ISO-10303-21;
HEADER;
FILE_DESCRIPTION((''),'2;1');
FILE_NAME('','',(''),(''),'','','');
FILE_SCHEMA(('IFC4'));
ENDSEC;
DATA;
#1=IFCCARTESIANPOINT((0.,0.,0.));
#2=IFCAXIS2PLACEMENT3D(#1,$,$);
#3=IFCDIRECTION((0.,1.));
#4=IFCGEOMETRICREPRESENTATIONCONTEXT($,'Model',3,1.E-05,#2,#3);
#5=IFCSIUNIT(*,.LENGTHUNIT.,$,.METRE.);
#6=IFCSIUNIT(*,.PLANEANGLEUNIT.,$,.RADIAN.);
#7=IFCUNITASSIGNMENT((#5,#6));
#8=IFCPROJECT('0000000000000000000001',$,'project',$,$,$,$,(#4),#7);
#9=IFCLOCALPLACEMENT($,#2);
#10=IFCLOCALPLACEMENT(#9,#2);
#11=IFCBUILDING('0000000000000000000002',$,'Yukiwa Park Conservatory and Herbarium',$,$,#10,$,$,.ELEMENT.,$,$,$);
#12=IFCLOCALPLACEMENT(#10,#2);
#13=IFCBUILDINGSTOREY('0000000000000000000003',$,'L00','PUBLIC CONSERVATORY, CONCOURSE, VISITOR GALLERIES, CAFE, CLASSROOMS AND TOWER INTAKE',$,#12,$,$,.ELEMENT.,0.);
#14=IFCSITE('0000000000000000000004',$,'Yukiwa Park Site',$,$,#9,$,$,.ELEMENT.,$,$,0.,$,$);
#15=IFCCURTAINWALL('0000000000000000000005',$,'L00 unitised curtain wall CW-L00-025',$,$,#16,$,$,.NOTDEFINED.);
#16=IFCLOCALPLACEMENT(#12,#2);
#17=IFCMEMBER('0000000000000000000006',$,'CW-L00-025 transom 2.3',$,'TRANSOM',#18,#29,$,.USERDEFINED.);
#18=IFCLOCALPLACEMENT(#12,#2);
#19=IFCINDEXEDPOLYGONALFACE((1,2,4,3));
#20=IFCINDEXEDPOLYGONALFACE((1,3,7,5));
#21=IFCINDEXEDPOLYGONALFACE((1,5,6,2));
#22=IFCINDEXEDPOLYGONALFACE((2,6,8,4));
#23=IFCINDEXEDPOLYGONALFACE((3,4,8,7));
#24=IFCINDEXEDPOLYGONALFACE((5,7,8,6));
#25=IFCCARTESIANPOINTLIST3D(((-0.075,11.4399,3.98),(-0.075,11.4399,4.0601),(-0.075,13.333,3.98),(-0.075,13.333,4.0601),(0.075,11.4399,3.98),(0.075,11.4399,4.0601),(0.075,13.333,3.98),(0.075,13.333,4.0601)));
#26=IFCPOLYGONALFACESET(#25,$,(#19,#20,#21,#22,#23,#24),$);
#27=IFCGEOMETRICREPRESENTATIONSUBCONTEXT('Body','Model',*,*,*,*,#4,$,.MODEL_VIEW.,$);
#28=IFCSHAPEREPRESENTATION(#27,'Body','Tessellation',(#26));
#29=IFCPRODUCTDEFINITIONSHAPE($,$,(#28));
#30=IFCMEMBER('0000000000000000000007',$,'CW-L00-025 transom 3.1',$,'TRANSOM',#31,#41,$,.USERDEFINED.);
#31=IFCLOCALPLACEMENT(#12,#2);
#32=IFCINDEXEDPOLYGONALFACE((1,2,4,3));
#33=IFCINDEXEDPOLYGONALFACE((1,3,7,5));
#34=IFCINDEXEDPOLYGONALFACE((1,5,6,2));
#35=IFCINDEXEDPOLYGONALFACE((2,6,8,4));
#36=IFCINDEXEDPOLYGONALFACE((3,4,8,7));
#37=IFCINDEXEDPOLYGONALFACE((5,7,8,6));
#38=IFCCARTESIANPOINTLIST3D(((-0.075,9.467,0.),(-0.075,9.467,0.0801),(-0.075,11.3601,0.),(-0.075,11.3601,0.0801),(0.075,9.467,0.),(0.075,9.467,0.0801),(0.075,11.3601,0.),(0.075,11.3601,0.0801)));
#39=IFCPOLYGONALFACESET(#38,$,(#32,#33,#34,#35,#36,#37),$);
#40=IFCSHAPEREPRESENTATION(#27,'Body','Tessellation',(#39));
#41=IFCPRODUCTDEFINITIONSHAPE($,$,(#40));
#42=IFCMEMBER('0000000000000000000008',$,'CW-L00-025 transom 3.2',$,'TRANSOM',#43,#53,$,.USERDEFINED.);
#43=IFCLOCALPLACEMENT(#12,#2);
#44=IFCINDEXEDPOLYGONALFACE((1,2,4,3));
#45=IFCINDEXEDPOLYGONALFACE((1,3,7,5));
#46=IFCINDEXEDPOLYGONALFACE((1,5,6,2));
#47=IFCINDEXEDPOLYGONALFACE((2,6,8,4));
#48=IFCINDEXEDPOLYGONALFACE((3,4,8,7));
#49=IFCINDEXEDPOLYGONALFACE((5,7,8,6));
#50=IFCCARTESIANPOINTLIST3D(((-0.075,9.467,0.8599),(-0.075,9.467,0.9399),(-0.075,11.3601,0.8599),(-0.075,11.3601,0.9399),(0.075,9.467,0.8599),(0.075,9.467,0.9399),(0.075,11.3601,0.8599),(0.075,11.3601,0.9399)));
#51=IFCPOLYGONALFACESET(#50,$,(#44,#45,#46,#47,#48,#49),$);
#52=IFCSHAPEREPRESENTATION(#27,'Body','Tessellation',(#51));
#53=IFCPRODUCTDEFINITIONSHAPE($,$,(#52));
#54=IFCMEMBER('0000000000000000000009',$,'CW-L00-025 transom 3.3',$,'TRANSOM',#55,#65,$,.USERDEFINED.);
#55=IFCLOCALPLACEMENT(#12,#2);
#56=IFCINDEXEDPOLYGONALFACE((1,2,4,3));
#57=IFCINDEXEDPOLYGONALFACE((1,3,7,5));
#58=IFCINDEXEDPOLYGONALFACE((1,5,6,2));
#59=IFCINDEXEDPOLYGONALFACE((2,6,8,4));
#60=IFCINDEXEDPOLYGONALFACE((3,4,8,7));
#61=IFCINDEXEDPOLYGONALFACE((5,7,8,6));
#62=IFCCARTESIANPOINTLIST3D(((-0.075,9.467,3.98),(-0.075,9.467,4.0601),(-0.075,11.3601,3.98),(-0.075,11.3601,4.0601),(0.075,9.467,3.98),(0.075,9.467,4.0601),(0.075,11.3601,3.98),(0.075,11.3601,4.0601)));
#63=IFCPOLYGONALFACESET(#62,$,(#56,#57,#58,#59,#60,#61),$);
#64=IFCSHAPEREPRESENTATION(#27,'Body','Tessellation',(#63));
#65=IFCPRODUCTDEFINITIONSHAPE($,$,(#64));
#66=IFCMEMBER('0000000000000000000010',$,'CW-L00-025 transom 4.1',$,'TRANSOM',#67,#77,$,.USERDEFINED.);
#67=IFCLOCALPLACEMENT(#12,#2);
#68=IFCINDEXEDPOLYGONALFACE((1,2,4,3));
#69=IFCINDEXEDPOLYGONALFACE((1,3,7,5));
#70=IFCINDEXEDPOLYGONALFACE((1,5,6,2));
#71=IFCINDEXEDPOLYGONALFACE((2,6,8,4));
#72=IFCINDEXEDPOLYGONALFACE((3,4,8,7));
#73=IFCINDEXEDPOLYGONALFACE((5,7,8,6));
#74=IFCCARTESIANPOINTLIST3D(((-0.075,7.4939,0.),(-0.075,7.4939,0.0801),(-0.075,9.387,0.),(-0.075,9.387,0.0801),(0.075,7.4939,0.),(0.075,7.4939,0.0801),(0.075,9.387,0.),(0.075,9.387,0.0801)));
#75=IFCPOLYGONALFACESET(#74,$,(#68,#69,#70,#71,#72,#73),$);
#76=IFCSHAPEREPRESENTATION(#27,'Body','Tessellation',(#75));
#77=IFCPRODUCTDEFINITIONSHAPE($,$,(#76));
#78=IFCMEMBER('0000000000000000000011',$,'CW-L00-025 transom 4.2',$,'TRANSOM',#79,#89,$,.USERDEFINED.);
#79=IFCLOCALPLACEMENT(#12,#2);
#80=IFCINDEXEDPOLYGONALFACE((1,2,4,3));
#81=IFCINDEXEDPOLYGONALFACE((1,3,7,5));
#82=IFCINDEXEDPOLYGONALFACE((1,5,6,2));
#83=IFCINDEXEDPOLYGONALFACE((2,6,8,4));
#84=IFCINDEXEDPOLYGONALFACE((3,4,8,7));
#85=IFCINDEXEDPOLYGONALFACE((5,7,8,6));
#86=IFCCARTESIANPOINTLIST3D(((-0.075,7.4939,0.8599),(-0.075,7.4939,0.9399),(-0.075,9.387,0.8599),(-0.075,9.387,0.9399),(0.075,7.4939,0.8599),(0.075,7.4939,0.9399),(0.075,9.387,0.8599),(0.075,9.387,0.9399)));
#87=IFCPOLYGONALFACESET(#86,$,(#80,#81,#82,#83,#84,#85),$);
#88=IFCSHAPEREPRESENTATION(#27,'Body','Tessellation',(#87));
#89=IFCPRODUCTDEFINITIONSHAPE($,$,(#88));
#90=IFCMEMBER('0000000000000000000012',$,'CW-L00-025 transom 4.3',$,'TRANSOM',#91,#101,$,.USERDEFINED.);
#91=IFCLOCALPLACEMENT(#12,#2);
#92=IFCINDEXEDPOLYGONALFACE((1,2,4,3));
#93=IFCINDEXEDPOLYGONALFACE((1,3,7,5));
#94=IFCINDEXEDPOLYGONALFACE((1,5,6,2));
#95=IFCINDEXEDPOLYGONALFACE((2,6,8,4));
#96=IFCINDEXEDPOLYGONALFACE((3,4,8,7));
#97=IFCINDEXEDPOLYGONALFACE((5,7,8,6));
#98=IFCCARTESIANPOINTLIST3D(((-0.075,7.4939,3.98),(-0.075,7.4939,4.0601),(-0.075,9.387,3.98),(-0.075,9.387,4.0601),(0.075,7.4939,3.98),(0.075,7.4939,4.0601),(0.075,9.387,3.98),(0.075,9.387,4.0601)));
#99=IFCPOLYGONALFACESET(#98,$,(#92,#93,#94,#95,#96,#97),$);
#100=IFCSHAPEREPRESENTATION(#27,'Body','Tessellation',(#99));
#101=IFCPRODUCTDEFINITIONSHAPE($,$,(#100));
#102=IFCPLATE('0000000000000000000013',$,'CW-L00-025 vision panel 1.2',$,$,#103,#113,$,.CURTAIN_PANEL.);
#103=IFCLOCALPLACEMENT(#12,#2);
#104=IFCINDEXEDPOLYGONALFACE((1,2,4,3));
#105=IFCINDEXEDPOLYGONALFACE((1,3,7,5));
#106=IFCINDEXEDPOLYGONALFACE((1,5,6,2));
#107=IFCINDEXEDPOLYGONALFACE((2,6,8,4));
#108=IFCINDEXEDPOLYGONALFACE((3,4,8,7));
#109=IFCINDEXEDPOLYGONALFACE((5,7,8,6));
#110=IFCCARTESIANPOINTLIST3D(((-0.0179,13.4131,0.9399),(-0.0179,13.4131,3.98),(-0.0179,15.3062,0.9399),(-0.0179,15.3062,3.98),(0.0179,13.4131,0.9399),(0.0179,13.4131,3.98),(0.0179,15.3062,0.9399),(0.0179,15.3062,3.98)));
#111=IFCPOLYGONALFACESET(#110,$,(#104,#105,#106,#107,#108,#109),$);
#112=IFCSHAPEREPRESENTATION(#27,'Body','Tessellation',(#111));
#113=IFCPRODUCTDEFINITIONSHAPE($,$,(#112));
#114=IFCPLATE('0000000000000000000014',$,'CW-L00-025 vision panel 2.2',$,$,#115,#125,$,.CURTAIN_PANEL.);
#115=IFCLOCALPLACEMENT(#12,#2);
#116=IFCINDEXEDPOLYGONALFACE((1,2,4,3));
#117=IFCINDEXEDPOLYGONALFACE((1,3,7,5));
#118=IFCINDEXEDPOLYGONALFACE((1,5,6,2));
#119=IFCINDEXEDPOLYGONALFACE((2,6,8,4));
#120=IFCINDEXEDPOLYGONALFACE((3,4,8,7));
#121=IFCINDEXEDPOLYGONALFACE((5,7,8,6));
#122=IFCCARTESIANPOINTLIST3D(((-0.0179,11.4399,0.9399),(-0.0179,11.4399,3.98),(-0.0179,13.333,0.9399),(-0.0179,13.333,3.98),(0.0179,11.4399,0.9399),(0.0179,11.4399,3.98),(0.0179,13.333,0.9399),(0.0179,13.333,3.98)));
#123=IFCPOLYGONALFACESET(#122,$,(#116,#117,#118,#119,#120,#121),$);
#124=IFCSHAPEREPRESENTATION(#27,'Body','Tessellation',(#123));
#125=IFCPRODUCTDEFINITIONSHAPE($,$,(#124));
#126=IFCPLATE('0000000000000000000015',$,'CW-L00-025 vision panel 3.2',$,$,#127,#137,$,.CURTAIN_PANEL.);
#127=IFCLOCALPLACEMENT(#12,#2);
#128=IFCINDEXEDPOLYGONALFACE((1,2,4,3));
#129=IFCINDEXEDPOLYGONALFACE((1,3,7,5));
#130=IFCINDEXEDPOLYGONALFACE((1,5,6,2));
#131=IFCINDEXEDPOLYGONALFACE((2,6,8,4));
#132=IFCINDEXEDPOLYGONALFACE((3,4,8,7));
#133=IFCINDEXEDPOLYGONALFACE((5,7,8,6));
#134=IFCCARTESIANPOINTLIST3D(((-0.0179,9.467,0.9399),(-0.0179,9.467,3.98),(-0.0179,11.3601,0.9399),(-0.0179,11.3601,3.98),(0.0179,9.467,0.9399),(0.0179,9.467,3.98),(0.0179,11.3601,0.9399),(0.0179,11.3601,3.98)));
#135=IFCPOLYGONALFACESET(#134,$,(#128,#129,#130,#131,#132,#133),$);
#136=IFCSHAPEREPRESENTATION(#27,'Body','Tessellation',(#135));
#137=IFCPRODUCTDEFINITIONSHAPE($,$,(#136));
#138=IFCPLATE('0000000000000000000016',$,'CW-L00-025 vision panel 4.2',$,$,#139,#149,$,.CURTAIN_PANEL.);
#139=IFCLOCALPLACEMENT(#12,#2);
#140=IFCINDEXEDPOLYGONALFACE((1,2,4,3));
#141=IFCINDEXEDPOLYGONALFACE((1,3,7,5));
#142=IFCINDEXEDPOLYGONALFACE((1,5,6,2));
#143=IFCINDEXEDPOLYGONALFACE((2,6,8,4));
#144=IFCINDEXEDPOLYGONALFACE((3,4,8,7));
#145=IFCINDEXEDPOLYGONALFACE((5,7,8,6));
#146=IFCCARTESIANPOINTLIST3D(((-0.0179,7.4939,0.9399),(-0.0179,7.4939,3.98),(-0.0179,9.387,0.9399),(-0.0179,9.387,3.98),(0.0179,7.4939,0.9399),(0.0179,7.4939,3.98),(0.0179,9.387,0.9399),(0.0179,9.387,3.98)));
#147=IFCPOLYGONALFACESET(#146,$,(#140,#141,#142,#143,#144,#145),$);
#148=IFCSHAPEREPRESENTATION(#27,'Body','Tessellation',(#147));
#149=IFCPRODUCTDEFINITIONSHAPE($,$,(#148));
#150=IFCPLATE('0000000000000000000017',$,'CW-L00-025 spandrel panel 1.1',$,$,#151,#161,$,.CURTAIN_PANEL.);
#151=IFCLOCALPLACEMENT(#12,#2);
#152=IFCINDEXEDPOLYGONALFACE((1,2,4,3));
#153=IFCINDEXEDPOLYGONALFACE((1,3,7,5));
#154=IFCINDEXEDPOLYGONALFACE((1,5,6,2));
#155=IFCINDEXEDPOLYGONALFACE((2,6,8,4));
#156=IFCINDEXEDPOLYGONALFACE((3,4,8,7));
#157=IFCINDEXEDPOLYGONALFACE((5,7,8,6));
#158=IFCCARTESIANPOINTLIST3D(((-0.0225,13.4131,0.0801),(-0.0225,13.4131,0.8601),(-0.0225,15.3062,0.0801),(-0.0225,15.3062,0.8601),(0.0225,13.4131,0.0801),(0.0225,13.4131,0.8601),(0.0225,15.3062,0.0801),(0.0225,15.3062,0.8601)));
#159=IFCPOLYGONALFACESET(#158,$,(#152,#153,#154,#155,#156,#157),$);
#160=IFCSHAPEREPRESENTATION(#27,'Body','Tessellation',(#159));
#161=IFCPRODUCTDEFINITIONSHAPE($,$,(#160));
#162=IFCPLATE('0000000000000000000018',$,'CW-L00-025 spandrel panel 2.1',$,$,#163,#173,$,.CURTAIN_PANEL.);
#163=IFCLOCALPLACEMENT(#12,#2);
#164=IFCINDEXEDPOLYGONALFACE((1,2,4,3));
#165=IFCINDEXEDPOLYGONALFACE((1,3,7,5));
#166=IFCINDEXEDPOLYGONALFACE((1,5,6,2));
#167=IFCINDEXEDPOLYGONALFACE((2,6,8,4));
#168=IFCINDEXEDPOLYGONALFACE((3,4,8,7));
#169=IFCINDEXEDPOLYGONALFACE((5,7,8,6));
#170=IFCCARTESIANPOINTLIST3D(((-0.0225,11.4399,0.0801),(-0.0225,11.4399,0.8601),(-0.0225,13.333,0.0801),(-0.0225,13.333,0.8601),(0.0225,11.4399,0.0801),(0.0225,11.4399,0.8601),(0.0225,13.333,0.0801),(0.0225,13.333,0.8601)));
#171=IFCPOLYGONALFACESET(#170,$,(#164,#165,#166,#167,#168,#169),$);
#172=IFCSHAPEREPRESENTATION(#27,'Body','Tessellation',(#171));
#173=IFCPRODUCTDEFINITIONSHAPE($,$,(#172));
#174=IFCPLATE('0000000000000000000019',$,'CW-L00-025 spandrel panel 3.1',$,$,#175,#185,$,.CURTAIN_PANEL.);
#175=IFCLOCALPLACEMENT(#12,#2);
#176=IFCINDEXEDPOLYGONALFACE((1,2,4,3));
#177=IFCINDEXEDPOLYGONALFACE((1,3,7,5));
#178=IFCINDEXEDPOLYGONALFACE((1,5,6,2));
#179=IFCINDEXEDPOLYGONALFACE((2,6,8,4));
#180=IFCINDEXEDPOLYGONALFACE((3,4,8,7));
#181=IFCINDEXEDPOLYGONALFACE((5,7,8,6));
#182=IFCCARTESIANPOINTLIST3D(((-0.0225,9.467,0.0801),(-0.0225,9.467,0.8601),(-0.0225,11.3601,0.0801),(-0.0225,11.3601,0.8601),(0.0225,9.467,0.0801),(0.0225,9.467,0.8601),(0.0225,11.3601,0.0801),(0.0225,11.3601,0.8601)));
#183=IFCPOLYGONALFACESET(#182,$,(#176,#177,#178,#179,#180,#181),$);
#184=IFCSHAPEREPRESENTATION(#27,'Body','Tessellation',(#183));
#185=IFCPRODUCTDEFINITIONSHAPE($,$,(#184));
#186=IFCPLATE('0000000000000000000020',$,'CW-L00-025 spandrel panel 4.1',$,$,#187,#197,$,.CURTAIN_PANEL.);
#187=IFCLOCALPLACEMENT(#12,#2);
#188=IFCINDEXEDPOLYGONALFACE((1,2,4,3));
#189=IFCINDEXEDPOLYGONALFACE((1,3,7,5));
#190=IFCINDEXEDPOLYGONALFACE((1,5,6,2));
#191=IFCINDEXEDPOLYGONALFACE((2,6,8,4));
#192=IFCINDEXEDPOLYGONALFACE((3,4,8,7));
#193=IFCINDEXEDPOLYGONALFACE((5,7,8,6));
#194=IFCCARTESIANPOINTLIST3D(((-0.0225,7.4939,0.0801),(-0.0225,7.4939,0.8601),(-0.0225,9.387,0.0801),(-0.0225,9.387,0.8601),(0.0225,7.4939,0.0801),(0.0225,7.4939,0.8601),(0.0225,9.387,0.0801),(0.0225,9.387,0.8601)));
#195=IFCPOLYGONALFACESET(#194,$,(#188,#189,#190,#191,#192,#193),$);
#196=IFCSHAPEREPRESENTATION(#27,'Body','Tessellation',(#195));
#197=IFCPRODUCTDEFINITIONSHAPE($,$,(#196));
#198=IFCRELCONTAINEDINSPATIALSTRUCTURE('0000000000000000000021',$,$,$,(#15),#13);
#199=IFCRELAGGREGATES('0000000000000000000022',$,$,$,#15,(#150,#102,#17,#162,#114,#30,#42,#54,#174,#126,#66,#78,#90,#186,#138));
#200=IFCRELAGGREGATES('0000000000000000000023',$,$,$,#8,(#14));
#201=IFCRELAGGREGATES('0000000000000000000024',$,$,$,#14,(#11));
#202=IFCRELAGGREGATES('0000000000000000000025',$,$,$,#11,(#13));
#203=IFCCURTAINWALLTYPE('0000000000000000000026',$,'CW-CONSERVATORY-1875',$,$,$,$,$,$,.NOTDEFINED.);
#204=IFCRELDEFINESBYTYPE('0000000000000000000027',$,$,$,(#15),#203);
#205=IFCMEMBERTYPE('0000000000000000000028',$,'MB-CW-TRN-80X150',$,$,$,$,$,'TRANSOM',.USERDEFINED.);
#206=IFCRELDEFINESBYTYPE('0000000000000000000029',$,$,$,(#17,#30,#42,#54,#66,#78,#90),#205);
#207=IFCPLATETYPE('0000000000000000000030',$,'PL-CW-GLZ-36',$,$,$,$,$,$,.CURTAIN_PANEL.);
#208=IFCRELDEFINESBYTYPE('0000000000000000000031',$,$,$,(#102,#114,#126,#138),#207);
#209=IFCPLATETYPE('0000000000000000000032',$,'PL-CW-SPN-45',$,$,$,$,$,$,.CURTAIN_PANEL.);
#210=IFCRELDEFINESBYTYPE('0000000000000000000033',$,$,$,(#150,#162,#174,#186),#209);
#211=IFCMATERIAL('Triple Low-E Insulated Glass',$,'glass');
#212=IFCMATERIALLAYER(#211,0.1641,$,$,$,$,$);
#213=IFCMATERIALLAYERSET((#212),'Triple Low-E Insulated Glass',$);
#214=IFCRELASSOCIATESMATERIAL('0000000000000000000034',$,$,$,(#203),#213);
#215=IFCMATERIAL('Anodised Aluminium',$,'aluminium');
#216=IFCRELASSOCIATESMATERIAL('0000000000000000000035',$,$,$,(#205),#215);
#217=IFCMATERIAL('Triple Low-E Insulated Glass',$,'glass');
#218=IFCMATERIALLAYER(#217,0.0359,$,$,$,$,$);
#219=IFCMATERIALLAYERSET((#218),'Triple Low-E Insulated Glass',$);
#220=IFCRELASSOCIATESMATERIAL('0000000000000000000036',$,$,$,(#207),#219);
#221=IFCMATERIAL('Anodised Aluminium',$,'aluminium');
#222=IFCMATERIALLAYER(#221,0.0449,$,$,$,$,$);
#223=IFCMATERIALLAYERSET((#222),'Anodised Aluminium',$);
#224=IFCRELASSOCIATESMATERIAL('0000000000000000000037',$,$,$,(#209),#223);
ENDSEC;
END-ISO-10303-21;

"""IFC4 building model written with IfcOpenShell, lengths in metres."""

from ifc_helpers import new_model, si_unit, direction, frame, origin, origin_2d, place, context, subcontext, project, spatial, rectangle, extrude, material, layer, layer_set, type_object, element, aggregate, save


model = new_model("IFC4")

# Units and contexts
model_context = context("Model", 3, precision=1e-05, world=origin(), true_north=direction((0.0, 1.0)))
body_context = subcontext(model_context, "Body", "Model", "MODEL_VIEW")
ifc_project = project(units=[si_unit("LENGTHUNIT", "METRE"), si_unit("PLANEANGLEUNIT", "RADIAN")], contexts=[model_context])

# Site, building, storey
site_placement = place(None, origin())
site = spatial("IfcSite", under=ifc_project, at=site_placement, Name="Yukiwa Park Site", CompositionType="ELEMENT", RefElevation=0.0)
building_placement = place(site_placement, origin())
building = spatial("IfcBuilding", under=site, at=building_placement, Name="Yukiwa Park Conservatory and Herbarium", CompositionType="ELEMENT")
storey_placement = place(building_placement, origin())
storey = spatial("IfcBuildingStorey", under=building, at=storey_placement, Name="L00", Description="PUBLIC CONSERVATORY, CONCOURSE, VISITOR GALLERIES, CAFE, CLASSROOMS AND TOWER INTAKE", CompositionType="ELEMENT", Elevation=0.0)

# Curtain wall, members, plates
ifc_material_1 = material(Name="Triple Low-E Insulated Glass", Category="glass")
ifc_layer_1 = layer(ifc_material_1, 0.1641)
ifc_layer_set_1 = layer_set([ifc_layer_1], Name="Triple Low-E Insulated Glass")
curtain_wall_type = type_object("IfcCurtainWallType", Name="CW-CONSERVATORY-1875", PredefinedType="NOTDEFINED", material=ifc_layer_set_1)
curtain_wall_placement = place(storey_placement, origin())
curtain_wall = element("IfcCurtainWall", 1, at=curtain_wall_placement, inside=storey, type_object=curtain_wall_type, Name="L00 unitised curtain wall CW-L00-025", PredefinedType="NOTDEFINED")
ifc_material_2 = material(Name="Anodised Aluminium", Category="aluminium")
member_type_1 = type_object("IfcMemberType", Name="MB-CW-TRN-80X150", ElementType="TRANSOM", PredefinedType="USERDEFINED", material=ifc_material_2)
member_1_placement = place(storey_placement, frame((0.0, 12.3865, 3.98), z_axis=(0.0, 0.0, 1.0), x_axis=(0.0, -1.0, 0.0)))
member_1 = element("IfcMember", 2, at=member_1_placement, type_object=member_type_1, Name="CW-L00-025 transom 2.3", ObjectType="TRANSOM", PredefinedType="USERDEFINED", context=body_context, shape_type="SweptSolid", body=[
    extrude(rectangle(XDim=1.8931, YDim=0.1499, at=origin_2d()), origin(), (0.0, 0.0, 1.0), 0.0801),
])
member_2_placement = place(storey_placement, frame((0.0, 10.4136, 0.0), z_axis=(0.0, 0.0, 1.0), x_axis=(0.0, -1.0, 0.0)))
member_2 = element("IfcMember", 3, at=member_2_placement, type_object=member_type_1, Name="CW-L00-025 transom 3.1", ObjectType="TRANSOM", PredefinedType="USERDEFINED", context=body_context, shape_type="SweptSolid", body=[
    extrude(rectangle(XDim=1.8931, YDim=0.1499, at=origin_2d()), origin(), (0.0, 0.0, 1.0), 0.0801),
])
member_3_placement = place(storey_placement, frame((0.0, 10.4136, 0.8599), z_axis=(0.0, 0.0, 1.0), x_axis=(0.0, -1.0, 0.0)))
member_3 = element("IfcMember", 4, at=member_3_placement, type_object=member_type_1, Name="CW-L00-025 transom 3.2", ObjectType="TRANSOM", PredefinedType="USERDEFINED", context=body_context, shape_type="SweptSolid", body=[
    extrude(rectangle(XDim=1.8931, YDim=0.1499, at=origin_2d()), origin(), (0.0, 0.0, 1.0), 0.0801),
])
member_4_placement = place(storey_placement, frame((0.0, 10.4136, 3.98), z_axis=(0.0, 0.0, 1.0), x_axis=(0.0, -1.0, 0.0)))
member_4 = element("IfcMember", 5, at=member_4_placement, type_object=member_type_1, Name="CW-L00-025 transom 3.3", ObjectType="TRANSOM", PredefinedType="USERDEFINED", context=body_context, shape_type="SweptSolid", body=[
    extrude(rectangle(XDim=1.8931, YDim=0.1499, at=origin_2d()), origin(), (0.0, 0.0, 1.0), 0.0801),
])
member_5_placement = place(storey_placement, frame((0.0, 8.4404, 0.0), z_axis=(0.0, 0.0, 1.0), x_axis=(0.0, -1.0, 0.0)))
member_5 = element("IfcMember", 6, at=member_5_placement, type_object=member_type_1, Name="CW-L00-025 transom 4.1", ObjectType="TRANSOM", PredefinedType="USERDEFINED", context=body_context, shape_type="SweptSolid", body=[
    extrude(rectangle(XDim=1.8931, YDim=0.1499, at=origin_2d()), origin(), (0.0, 0.0, 1.0), 0.0801),
])
member_6_placement = place(storey_placement, frame((0.0, 8.4404, 0.8599), z_axis=(0.0, 0.0, 1.0), x_axis=(0.0, -1.0, 0.0)))
member_6 = element("IfcMember", 7, at=member_6_placement, type_object=member_type_1, Name="CW-L00-025 transom 4.2", ObjectType="TRANSOM", PredefinedType="USERDEFINED", context=body_context, shape_type="SweptSolid", body=[
    extrude(rectangle(XDim=1.8931, YDim=0.1499, at=origin_2d()), origin(), (0.0, 0.0, 1.0), 0.0801),
])
member_7_placement = place(storey_placement, frame((0.0, 8.4404, 3.98), z_axis=(0.0, 0.0, 1.0), x_axis=(0.0, -1.0, 0.0)))
member_7 = element("IfcMember", 8, at=member_7_placement, type_object=member_type_1, Name="CW-L00-025 transom 4.3", ObjectType="TRANSOM", PredefinedType="USERDEFINED", context=body_context, shape_type="SweptSolid", body=[
    extrude(rectangle(XDim=1.8931, YDim=0.1499, at=origin_2d()), origin(), (0.0, 0.0, 1.0), 0.0801),
])
ifc_material_3 = material(Name="Triple Low-E Insulated Glass", Category="glass")
ifc_layer_2 = layer(ifc_material_3, 0.0359)
ifc_layer_set_2 = layer_set([ifc_layer_2], Name="Triple Low-E Insulated Glass")
plate_type_1 = type_object("IfcPlateType", Name="PL-CW-GLZ-36", PredefinedType="CURTAIN_PANEL", material=ifc_layer_set_2)
plate_1_placement = place(storey_placement, frame((0.0, 14.3596, 0.9399), z_axis=(0.0, 0.0, 1.0), x_axis=(0.0, -1.0, 0.0)))
plate_1 = element("IfcPlate", 9, at=plate_1_placement, type_object=plate_type_1, Name="CW-L00-025 vision panel 1.2", PredefinedType="CURTAIN_PANEL", context=body_context, shape_type="SweptSolid", body=[
    extrude(rectangle(XDim=1.8931, YDim=0.0359, at=origin_2d()), origin(), (0.0, 0.0, 1.0), 3.04),
])
plate_2_placement = place(storey_placement, frame((0.0, 12.3865, 0.9399), z_axis=(0.0, 0.0, 1.0), x_axis=(0.0, -1.0, 0.0)))
plate_2 = element("IfcPlate", 10, at=plate_2_placement, type_object=plate_type_1, Name="CW-L00-025 vision panel 2.2", PredefinedType="CURTAIN_PANEL", context=body_context, shape_type="SweptSolid", body=[
    extrude(rectangle(XDim=1.8931, YDim=0.0359, at=origin_2d()), origin(), (0.0, 0.0, 1.0), 3.04),
])
plate_3_placement = place(storey_placement, frame((0.0, 10.4136, 0.9399), z_axis=(0.0, 0.0, 1.0), x_axis=(0.0, -1.0, 0.0)))
plate_3 = element("IfcPlate", 11, at=plate_3_placement, type_object=plate_type_1, Name="CW-L00-025 vision panel 3.2", PredefinedType="CURTAIN_PANEL", context=body_context, shape_type="SweptSolid", body=[
    extrude(rectangle(XDim=1.8931, YDim=0.0359, at=origin_2d()), origin(), (0.0, 0.0, 1.0), 3.04),
])
plate_4_placement = place(storey_placement, frame((0.0, 8.4404, 0.9399), z_axis=(0.0, 0.0, 1.0), x_axis=(0.0, -1.0, 0.0)))
plate_4 = element("IfcPlate", 12, at=plate_4_placement, type_object=plate_type_1, Name="CW-L00-025 vision panel 4.2", PredefinedType="CURTAIN_PANEL", context=body_context, shape_type="SweptSolid", body=[
    extrude(rectangle(XDim=1.8931, YDim=0.0359, at=origin_2d()), origin(), (0.0, 0.0, 1.0), 3.04),
])
ifc_material_4 = material(Name="Anodised Aluminium", Category="aluminium")
ifc_layer_3 = layer(ifc_material_4, 0.0449)
ifc_layer_set_3 = layer_set([ifc_layer_3], Name="Anodised Aluminium")
plate_type_2 = type_object("IfcPlateType", Name="PL-CW-SPN-45", PredefinedType="CURTAIN_PANEL", material=ifc_layer_set_3)
plate_5_placement = place(storey_placement, frame((0.0, 14.3596, 0.0801), z_axis=(0.0, 0.0, 1.0), x_axis=(0.0, -1.0, 0.0)))
plate_5 = element("IfcPlate", 13, at=plate_5_placement, type_object=plate_type_2, Name="CW-L00-025 spandrel panel 1.1", PredefinedType="CURTAIN_PANEL", context=body_context, shape_type="SweptSolid", body=[
    extrude(rectangle(XDim=1.8931, YDim=0.0449, at=origin_2d()), origin(), (0.0, 0.0, 1.0), 0.78),
])
plate_6_placement = place(storey_placement, frame((0.0, 12.3865, 0.0801), z_axis=(0.0, 0.0, 1.0), x_axis=(0.0, -1.0, 0.0)))
plate_6 = element("IfcPlate", 14, at=plate_6_placement, type_object=plate_type_2, Name="CW-L00-025 spandrel panel 2.1", PredefinedType="CURTAIN_PANEL", context=body_context, shape_type="SweptSolid", body=[
    extrude(rectangle(XDim=1.8931, YDim=0.0449, at=origin_2d()), origin(), (0.0, 0.0, 1.0), 0.78),
])
plate_7_placement = place(storey_placement, frame((0.0, 10.4136, 0.0801), z_axis=(0.0, 0.0, 1.0), x_axis=(0.0, -1.0, 0.0)))
plate_7 = element("IfcPlate", 15, at=plate_7_placement, type_object=plate_type_2, Name="CW-L00-025 spandrel panel 3.1", PredefinedType="CURTAIN_PANEL", context=body_context, shape_type="SweptSolid", body=[
    extrude(rectangle(XDim=1.8931, YDim=0.0449, at=origin_2d()), origin(), (0.0, 0.0, 1.0), 0.78),
])
plate_8_placement = place(storey_placement, frame((0.0, 8.4404, 0.0801), z_axis=(0.0, 0.0, 1.0), x_axis=(0.0, -1.0, 0.0)))
plate_8 = element("IfcPlate", 16, at=plate_8_placement, type_object=plate_type_2, Name="CW-L00-025 spandrel panel 4.1", PredefinedType="CURTAIN_PANEL", context=body_context, shape_type="SweptSolid", body=[
    extrude(rectangle(XDim=1.8931, YDim=0.0449, at=origin_2d()), origin(), (0.0, 0.0, 1.0), 0.78),
])
aggregate(curtain_wall, [plate_5, plate_1, member_1, plate_6, plate_2, member_2, member_3, member_4, plate_7, plate_3, member_5, member_6, member_7, plate_8, plate_4])

save(model, "model.ifc")
